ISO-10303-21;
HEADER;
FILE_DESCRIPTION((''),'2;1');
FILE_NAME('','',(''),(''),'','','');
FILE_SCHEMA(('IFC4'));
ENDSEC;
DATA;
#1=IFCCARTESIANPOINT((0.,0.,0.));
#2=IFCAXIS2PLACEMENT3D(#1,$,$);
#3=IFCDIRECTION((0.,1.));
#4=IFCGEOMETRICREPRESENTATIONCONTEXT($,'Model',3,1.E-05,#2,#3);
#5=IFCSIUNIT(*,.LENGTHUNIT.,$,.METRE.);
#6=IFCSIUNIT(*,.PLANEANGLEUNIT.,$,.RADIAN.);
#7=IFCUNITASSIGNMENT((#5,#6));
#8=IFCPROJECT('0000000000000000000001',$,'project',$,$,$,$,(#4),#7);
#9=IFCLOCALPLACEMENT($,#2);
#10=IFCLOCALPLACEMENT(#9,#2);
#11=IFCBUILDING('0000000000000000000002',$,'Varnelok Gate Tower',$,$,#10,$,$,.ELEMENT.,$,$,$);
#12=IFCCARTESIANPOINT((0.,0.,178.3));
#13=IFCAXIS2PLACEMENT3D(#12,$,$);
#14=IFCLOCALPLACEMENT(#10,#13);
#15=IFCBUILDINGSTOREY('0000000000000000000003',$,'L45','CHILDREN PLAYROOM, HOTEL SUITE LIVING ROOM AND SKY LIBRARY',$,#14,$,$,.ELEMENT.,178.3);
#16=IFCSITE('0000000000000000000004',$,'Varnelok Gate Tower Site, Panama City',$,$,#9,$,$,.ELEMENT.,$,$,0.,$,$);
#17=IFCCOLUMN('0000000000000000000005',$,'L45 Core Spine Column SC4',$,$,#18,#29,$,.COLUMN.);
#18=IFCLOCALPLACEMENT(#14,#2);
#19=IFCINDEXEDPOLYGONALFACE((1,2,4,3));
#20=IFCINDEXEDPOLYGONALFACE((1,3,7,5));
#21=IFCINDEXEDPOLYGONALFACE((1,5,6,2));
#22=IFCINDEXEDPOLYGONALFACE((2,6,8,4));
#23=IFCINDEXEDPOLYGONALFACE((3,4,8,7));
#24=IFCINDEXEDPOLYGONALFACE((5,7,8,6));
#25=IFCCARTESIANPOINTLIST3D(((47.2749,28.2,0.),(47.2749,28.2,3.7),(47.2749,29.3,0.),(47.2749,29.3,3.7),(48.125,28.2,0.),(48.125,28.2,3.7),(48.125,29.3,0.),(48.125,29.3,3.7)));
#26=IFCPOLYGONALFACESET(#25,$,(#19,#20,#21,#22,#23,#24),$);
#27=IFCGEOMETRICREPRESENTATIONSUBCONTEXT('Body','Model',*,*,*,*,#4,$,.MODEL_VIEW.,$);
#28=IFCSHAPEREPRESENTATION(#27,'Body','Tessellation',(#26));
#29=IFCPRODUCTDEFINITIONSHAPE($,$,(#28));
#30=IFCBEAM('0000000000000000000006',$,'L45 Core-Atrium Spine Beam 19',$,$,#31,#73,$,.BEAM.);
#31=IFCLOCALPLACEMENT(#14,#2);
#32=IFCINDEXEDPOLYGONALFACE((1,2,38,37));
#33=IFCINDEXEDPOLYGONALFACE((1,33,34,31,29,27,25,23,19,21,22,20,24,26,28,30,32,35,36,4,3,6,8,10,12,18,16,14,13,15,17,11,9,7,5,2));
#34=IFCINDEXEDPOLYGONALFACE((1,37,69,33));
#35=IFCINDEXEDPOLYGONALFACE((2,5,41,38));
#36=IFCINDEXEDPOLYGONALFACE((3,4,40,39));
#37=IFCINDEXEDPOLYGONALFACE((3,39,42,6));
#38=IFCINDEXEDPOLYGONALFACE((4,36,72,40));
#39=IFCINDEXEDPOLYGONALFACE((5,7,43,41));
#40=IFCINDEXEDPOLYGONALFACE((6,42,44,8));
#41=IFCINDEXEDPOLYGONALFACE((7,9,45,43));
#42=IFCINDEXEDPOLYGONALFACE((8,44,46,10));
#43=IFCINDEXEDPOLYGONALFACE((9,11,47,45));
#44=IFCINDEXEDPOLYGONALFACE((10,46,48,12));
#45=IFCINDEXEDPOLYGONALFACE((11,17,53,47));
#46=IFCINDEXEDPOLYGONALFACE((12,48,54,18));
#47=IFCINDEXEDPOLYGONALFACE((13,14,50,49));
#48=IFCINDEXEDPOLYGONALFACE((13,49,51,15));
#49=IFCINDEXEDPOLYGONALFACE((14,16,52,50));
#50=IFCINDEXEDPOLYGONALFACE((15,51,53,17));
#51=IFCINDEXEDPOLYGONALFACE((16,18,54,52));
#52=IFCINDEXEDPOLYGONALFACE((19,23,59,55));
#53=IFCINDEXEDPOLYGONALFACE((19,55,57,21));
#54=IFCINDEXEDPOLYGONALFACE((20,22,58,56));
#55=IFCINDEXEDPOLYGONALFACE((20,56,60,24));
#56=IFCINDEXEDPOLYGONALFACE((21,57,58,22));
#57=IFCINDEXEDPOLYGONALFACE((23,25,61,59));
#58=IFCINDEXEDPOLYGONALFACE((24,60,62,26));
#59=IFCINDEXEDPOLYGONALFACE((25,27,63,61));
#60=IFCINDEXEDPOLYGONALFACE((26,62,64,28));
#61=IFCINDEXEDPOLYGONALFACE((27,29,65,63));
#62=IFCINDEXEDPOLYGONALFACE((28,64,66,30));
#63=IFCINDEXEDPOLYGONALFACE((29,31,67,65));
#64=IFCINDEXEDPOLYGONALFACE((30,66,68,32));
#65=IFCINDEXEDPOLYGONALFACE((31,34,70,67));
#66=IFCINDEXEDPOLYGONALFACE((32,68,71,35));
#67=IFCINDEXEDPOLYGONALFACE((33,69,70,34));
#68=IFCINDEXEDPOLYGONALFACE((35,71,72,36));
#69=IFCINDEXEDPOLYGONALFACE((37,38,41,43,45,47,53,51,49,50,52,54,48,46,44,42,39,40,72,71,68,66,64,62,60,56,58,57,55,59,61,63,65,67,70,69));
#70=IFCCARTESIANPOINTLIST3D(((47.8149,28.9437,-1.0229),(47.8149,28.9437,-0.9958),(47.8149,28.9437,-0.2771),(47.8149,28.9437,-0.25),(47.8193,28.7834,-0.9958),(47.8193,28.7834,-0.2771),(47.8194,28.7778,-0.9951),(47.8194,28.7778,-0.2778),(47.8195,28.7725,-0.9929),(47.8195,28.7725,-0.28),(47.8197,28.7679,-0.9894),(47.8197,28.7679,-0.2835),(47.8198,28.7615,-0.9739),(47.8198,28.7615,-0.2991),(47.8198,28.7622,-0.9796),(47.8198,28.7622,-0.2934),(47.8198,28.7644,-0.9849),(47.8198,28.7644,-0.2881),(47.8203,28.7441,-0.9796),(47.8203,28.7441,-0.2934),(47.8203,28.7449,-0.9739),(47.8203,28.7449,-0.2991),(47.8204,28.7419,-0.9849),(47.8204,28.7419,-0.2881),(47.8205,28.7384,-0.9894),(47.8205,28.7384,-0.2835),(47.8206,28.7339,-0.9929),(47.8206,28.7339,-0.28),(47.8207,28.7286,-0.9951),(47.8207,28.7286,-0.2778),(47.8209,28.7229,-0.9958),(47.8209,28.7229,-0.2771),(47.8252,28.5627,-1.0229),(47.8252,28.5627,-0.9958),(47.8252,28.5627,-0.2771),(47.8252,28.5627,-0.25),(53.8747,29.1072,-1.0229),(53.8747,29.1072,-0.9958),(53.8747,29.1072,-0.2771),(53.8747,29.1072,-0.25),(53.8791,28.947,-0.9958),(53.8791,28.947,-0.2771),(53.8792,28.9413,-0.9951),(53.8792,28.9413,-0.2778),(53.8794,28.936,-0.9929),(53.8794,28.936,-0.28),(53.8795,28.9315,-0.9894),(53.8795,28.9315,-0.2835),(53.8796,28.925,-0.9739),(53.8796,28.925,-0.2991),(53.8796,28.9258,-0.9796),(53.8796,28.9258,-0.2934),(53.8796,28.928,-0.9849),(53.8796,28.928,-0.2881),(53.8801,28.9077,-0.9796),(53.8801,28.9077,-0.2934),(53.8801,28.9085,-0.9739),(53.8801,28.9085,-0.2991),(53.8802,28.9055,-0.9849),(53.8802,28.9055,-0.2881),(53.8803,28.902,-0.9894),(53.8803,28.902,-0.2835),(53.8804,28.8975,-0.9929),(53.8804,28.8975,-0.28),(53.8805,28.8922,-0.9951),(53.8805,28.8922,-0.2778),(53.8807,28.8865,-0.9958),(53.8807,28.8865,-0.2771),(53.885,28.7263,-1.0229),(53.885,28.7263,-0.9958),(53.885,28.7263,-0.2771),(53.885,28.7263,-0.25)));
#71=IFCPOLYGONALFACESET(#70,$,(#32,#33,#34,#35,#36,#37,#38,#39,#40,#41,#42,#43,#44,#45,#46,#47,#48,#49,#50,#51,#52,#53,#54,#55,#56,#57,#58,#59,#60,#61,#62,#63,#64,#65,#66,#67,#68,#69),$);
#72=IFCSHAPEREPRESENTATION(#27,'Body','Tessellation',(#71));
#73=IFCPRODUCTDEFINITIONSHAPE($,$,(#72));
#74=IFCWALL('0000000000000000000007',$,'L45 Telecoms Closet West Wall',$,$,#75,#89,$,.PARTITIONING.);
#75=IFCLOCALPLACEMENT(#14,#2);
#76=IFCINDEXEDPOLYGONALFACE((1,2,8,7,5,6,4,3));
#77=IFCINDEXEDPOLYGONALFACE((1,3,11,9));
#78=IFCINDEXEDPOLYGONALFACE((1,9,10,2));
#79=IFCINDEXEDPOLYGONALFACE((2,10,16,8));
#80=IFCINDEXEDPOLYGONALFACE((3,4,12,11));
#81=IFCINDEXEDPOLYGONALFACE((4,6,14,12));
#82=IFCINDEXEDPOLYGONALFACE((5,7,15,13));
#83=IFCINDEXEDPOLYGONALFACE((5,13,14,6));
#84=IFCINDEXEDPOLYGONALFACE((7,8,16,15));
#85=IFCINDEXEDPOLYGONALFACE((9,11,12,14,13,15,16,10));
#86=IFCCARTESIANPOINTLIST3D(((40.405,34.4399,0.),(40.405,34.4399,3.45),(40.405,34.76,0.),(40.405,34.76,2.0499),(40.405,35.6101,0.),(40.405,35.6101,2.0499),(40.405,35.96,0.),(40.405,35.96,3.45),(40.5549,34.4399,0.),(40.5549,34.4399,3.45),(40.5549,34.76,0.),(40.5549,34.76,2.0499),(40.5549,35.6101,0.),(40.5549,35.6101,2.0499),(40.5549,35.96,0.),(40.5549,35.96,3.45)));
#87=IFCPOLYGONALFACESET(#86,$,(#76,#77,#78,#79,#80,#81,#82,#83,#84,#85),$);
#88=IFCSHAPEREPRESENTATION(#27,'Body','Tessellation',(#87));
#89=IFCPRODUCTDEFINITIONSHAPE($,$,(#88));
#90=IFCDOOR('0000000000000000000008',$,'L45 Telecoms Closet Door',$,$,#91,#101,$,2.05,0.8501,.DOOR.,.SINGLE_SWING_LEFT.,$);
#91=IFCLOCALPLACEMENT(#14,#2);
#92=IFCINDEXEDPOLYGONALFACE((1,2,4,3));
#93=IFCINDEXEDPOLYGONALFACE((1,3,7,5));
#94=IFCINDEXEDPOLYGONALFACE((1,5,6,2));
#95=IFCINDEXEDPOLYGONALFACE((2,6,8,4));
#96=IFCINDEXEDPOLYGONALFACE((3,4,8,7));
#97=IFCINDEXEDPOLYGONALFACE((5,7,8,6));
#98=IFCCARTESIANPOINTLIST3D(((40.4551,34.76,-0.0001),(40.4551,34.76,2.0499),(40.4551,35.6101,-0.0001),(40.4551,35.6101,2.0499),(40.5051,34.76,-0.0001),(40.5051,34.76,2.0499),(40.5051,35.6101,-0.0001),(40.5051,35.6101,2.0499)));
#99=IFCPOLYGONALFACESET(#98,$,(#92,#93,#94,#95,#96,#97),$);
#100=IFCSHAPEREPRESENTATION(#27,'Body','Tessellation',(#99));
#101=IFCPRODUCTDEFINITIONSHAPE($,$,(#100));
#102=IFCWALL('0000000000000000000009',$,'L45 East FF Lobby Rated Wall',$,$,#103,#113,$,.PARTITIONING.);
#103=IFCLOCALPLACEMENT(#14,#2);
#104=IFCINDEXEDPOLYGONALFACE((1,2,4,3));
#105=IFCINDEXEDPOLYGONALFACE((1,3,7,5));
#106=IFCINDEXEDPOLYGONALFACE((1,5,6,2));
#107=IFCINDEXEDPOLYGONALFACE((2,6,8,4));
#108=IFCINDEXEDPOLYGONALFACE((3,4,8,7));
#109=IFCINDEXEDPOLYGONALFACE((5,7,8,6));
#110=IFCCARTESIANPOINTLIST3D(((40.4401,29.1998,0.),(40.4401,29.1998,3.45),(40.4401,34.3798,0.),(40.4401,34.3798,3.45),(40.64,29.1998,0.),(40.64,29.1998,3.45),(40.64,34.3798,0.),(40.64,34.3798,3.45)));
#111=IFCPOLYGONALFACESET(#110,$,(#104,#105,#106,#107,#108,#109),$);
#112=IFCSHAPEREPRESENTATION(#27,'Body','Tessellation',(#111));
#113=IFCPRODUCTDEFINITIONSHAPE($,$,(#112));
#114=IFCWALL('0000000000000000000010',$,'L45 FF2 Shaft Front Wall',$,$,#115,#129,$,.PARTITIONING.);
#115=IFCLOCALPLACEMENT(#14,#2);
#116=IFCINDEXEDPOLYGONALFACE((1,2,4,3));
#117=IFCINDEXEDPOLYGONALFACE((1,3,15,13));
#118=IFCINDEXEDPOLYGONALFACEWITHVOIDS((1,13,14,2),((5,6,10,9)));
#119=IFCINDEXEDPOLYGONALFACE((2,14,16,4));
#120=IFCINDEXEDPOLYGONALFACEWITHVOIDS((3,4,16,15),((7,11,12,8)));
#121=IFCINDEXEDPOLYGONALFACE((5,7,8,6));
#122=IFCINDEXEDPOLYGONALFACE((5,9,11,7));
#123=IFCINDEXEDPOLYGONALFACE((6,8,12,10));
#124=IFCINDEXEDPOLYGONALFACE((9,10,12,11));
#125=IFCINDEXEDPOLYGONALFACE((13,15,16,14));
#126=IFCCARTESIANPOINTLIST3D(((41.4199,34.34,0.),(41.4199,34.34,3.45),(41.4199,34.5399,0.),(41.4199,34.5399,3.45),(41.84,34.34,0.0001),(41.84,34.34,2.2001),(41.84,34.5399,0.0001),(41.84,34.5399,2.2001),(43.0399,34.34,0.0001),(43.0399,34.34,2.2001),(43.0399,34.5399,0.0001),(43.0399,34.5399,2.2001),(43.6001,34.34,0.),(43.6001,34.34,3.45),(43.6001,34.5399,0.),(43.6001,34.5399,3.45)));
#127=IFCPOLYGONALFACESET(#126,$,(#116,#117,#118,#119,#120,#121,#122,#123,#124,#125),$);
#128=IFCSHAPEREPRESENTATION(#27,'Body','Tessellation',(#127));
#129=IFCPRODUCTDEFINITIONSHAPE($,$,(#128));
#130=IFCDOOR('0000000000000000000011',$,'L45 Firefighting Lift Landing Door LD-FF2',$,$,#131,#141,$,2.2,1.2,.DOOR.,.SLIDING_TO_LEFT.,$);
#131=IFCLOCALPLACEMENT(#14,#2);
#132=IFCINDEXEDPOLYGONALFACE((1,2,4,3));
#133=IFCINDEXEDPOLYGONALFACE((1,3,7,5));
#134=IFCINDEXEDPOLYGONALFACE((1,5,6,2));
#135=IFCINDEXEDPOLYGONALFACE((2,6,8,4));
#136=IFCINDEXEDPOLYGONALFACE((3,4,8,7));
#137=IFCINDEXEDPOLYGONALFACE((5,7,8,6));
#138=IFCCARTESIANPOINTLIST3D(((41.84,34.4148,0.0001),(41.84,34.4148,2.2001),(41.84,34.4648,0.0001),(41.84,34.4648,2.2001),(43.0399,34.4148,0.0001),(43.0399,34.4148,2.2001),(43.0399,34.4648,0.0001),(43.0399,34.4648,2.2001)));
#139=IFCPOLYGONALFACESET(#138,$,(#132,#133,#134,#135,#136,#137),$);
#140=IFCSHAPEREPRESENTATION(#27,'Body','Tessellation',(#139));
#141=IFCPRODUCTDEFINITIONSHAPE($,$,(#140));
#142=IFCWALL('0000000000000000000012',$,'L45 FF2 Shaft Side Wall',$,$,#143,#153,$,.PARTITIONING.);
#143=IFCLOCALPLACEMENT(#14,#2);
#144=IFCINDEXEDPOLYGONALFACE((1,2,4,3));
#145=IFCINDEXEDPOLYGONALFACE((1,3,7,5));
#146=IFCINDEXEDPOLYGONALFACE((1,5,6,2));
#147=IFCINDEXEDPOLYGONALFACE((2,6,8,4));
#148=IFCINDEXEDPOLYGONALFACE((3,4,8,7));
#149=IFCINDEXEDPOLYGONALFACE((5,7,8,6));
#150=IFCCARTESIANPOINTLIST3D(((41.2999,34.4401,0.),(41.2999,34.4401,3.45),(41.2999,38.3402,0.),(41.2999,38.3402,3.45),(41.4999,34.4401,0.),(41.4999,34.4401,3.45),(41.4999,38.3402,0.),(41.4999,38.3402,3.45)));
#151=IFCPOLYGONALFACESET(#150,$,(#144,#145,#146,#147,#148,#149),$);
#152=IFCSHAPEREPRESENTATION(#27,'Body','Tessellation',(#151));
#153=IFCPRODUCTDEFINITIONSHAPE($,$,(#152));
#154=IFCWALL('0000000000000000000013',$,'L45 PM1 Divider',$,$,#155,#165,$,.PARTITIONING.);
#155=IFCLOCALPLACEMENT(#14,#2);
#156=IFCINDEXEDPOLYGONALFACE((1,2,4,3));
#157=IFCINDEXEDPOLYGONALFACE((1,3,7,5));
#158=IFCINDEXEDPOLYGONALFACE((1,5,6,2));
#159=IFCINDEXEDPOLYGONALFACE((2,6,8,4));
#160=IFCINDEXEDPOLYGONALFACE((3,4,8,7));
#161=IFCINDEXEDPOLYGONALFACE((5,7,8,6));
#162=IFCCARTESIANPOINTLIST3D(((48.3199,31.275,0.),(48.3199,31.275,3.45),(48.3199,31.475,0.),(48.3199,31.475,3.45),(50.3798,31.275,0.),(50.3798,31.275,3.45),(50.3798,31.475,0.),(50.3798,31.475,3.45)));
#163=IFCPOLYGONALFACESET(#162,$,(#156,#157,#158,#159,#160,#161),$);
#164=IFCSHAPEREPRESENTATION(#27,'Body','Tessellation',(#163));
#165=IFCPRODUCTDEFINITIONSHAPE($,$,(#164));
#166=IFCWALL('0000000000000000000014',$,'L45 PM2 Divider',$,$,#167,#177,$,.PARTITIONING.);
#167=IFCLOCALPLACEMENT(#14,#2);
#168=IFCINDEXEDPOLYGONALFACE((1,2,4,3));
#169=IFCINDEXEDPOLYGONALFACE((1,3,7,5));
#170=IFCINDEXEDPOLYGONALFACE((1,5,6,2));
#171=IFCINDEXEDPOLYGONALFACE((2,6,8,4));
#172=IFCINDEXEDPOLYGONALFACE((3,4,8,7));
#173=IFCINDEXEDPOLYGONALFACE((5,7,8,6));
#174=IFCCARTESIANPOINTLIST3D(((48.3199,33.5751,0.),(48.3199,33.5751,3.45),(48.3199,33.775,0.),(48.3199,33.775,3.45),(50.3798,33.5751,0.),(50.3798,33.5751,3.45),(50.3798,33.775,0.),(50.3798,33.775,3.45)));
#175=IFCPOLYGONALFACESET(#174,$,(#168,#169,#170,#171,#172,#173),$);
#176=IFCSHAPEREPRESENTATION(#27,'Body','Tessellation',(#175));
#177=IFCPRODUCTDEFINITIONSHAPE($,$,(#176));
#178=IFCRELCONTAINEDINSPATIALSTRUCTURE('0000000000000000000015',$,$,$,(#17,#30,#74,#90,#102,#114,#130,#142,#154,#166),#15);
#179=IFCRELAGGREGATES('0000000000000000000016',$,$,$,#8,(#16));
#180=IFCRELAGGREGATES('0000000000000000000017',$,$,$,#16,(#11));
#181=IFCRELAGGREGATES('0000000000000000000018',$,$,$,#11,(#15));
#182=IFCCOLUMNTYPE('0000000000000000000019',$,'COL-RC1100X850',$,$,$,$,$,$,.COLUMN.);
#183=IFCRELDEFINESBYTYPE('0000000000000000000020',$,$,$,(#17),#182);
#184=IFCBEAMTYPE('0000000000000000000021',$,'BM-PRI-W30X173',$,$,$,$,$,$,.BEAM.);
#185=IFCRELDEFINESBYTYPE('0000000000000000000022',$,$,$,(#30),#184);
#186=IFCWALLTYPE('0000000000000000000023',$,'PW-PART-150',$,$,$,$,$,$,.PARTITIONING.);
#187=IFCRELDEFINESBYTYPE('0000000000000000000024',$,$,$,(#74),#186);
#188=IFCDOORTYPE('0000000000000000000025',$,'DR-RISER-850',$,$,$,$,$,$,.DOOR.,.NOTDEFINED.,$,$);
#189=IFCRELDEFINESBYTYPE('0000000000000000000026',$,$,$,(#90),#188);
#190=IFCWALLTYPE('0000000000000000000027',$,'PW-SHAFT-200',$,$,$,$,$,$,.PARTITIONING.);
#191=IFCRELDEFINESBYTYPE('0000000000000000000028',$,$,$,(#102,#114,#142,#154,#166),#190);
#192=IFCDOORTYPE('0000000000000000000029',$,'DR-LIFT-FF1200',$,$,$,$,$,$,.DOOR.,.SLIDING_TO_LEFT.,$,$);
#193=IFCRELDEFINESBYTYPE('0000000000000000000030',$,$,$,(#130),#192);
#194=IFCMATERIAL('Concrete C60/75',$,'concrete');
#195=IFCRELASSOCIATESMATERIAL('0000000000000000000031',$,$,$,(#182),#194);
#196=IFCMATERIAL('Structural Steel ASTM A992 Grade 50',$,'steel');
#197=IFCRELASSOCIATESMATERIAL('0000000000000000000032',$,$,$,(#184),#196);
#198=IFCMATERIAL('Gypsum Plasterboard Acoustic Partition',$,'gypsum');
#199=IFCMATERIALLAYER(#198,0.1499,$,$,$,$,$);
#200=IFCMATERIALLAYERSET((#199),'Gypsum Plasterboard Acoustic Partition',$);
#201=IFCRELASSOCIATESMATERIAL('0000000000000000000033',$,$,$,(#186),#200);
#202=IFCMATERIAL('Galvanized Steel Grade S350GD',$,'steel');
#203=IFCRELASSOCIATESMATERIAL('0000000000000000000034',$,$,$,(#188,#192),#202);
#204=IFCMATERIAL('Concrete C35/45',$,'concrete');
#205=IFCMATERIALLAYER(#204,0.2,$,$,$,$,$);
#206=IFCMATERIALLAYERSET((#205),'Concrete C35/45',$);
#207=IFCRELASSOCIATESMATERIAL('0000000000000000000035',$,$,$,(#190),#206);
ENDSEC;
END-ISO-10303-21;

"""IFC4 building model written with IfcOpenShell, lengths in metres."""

from ifc_helpers import new_model, si_unit, direction, frame, frame_2d, origin, origin_2d, place, context, subcontext, project, spatial, rectangle, i_section, extrude, material, layer, layer_set, material_profile, profile_set, type_object, element, fill, save


model = new_model("IFC4")

# Units and contexts
model_context = context("Model", 3, precision=1e-05, world=origin(), true_north=direction((0.0, 1.0)))
body_context = subcontext(model_context, "Body", "Model", "MODEL_VIEW")
ifc_project = project(units=[si_unit("LENGTHUNIT", "METRE"), si_unit("PLANEANGLEUNIT", "RADIAN")], contexts=[model_context])

# Site, building, storey
site_placement = place(None, origin())
site = spatial("IfcSite", under=ifc_project, at=site_placement, Name="Varnelok Gate Tower Site, Panama City", CompositionType="ELEMENT", RefElevation=0.0)
building_placement = place(site_placement, origin())
building = spatial("IfcBuilding", under=site, at=building_placement, Name="Varnelok Gate Tower", CompositionType="ELEMENT")
storey_placement = place(building_placement, frame((0.0, 0.0, 178.3)))
storey = spatial("IfcBuildingStorey", under=building, at=storey_placement, Name="L45", Description="CHILDREN PLAYROOM, HOTEL SUITE LIVING ROOM AND SKY LIBRARY", CompositionType="ELEMENT", Elevation=178.3)

# Column
ifc_material_1 = material(Name="Concrete C60/75", Category="concrete")
ifc_material_profile_1 = material_profile(ifc_material_1, rectangle(XDim=0.8501, YDim=1.1001, at=origin_2d()), Name="RC1100X850")
ifc_profile_set_1 = profile_set([ifc_material_profile_1], Name="Concrete C60/75")
column_type = type_object("IfcColumnType", Name="COL-RC1100X850", PredefinedType="COLUMN", material=ifc_profile_set_1)
column_placement = place(storey_placement, frame((47.7, 28.75, 0.0), z_axis=(0.0, 0.0, 1.0), x_axis=(1.0, 0.0, 0.0)))
element("IfcColumn", 1, at=column_placement, inside=storey, type_object=column_type, Name="L45 Core Spine Column SC4", PredefinedType="COLUMN", context=body_context, shape_type="SweptSolid", body=[
    extrude(rectangle(XDim=0.8501, YDim=1.1001, at=origin_2d()), origin(), (0.0, 0.0, 1.0), 3.7),
])

# Beam
ifc_material_2 = material(Name="Structural Steel ASTM A992 Grade 50", Category="steel")
ifc_material_profile_2 = material_profile(ifc_material_2, i_section(OverallWidth=0.3811, OverallDepth=0.7729, WebThickness=0.0166, FlangeThickness=0.0271, FilletRadius=0.022, at=origin_2d()), Name="W30X173")
ifc_profile_set_2 = profile_set([ifc_material_profile_2], Name="Structural Steel ASTM A992 Grade 50")
beam_type = type_object("IfcBeamType", Name="BM-PRI-W30X173", PredefinedType="BEAM", material=ifc_profile_set_2)
beam_placement = place(storey_placement, frame((47.8201, 28.7532, -0.6365), z_axis=(0.999636, 0.026983, 0.0), x_axis=(-0.026983, 0.999636, 0.0)))
element("IfcBeam", 2, at=beam_placement, inside=storey, type_object=beam_type, Name="L45 Core-Atrium Spine Beam 19", PredefinedType="BEAM", context=body_context, shape_type="SweptSolid", body=[
    extrude(i_section(OverallWidth=0.3811, OverallDepth=0.7729, WebThickness=0.0166, FlangeThickness=0.0271, FilletRadius=0.022, at=origin_2d()), origin(), (0.0, 0.0, 1.0), 6.062),
])

# Wall, opening, door
ifc_material_3 = material(Name="Gypsum Plasterboard Acoustic Partition", Category="gypsum")
ifc_layer_1 = layer(ifc_material_3, 0.1499)
ifc_layer_set_1 = layer_set([ifc_layer_1], Name="Gypsum Plasterboard Acoustic Partition")
wall_type_1 = type_object("IfcWallType", Name="PW-PART-150", PredefinedType="PARTITIONING", material=ifc_layer_set_1)
wall_1_placement = place(storey_placement, frame((40.48, 34.4399, 0.0), z_axis=(0.0, 0.0, 1.0), x_axis=(0.0, 1.0, 0.0)))
wall_1 = element("IfcWall", 3, at=wall_1_placement, inside=storey, type_object=wall_type_1, Name="L45 Telecoms Closet West Wall", PredefinedType="PARTITIONING", context=body_context, shape_type="SweptSolid", body=[
    extrude(rectangle(XDim=1.52, YDim=0.1499, at=frame_2d((0.76, 0.0))), origin(), (0.0, 0.0, 1.0), 3.45),
])
opening_1_placement = place(wall_1_placement, frame((0.3201, 0.0, 0.0)))
opening_1 = element("IfcOpeningElement", 4, at=opening_1_placement, cuts=wall_1, PredefinedType="OPENING", context=body_context, shape_type="SweptSolid", body=[
    extrude(rectangle(XDim=0.8501, YDim=2.05, at=frame_2d((0.425, 1.0249))), frame((0.0, 0.085, 0.0), z_axis=(0.0, -1.0, 0.0), x_axis=(1.0, 0.0, 0.0)), (0.0, 0.0, 1.0), 0.1699),
])
ifc_material_4 = material(Name="Galvanized Steel Grade S350GD", Category="steel")
door_type_1 = type_object("IfcDoorType", Name="DR-RISER-850", OperationType="NOTDEFINED", PredefinedType="DOOR", material=ifc_material_4)
door_1_placement = place(opening_1_placement, origin())
door_1 = element("IfcDoor", 5, at=door_1_placement, inside=storey, type_object=door_type_1, Name="L45 Telecoms Closet Door", OperationType="SINGLE_SWING_LEFT", OverallHeight=2.05, OverallWidth=0.8501, PredefinedType="DOOR", context=body_context, shape_type="SweptSolid", body=[
    extrude(rectangle(XDim=0.8501, YDim=2.05, at=frame_2d((0.425, 1.0249))), frame((0.0, 0.0249, 0.0), z_axis=(0.0, -1.0, 0.0), x_axis=(1.0, 0.0, 0.0)), (0.0, 0.0, 1.0), 0.05),
])
fill(opening_1, door_1)

# Wall
ifc_material_5 = material(Name="Concrete C35/45", Category="concrete")
ifc_layer_2 = layer(ifc_material_5, 0.2)
ifc_layer_set_2 = layer_set([ifc_layer_2], Name="Concrete C35/45")
wall_type_2 = type_object("IfcWallType", Name="PW-SHAFT-200", PredefinedType="PARTITIONING", material=ifc_layer_set_2)
wall_2_placement = place(storey_placement, frame((40.54, 29.2, 0.0), z_axis=(0.0, 0.0, 1.0), x_axis=(0.0, 1.0, 0.0)))
element("IfcWall", 6, at=wall_2_placement, inside=storey, type_object=wall_type_2, Name="L45 East FF Lobby Rated Wall", PredefinedType="PARTITIONING", context=body_context, shape_type="SweptSolid", body=[
    extrude(rectangle(XDim=5.1799, YDim=0.2, at=frame_2d((2.5898, 0.0))), origin(), (0.0, 0.0, 1.0), 3.45),
])

# Wall, opening, door
wall_3_placement = place(storey_placement, frame((41.4199, 34.4399, 0.0), z_axis=(0.0, 0.0, 1.0), x_axis=(1.0, 0.0, 0.0)))
wall_3 = element("IfcWall", 7, at=wall_3_placement, inside=storey, type_object=wall_type_2, Name="L45 FF2 Shaft Front Wall", PredefinedType="PARTITIONING", context=body_context, shape_type="SweptSolid", body=[
    extrude(rectangle(XDim=2.1802, YDim=0.2, at=frame_2d((1.0901, 0.0))), origin(), (0.0, 0.0, 1.0), 3.45),
])
opening_2_placement = place(wall_3_placement, frame((0.4199, 0.0, 0.0)))
opening_2 = element("IfcOpeningElement", 8, at=opening_2_placement, cuts=wall_3, PredefinedType="OPENING", context=body_context, shape_type="SweptSolid", body=[
    extrude(rectangle(XDim=1.2, YDim=2.2, at=frame_2d((0.6001, 1.1001))), frame((0.0, 0.1099, 0.0), z_axis=(0.0, -1.0, 0.0), x_axis=(1.0, 0.0, 0.0)), (0.0, 0.0, 1.0), 0.22),
])
door_type_2 = type_object("IfcDoorType", Name="DR-LIFT-FF1200", OperationType="SLIDING_TO_LEFT", PredefinedType="DOOR", material=ifc_material_4)
door_2_placement = place(opening_2_placement, origin())
door_2 = element("IfcDoor", 9, at=door_2_placement, inside=storey, type_object=door_type_2, Name="L45 Firefighting Lift Landing Door LD-FF2", OperationType="SLIDING_TO_LEFT", OverallHeight=2.2, OverallWidth=1.2, PredefinedType="DOOR", context=body_context, shape_type="SweptSolid", body=[
    extrude(rectangle(XDim=1.2, YDim=2.2, at=frame_2d((0.6001, 1.1001))), frame((0.0, 0.0249, 0.0), z_axis=(0.0, -1.0, 0.0), x_axis=(1.0, 0.0, 0.0)), (0.0, 0.0, 1.0), 0.05),
])
fill(opening_2, door_2)

# Walls
wall_4_placement = place(storey_placement, frame((41.3999, 34.4399, 0.0), z_axis=(0.0, 0.0, 1.0), x_axis=(0.0, 1.0, 0.0)))
element("IfcWall", 10, at=wall_4_placement, inside=storey, type_object=wall_type_2, Name="L45 FF2 Shaft Side Wall", PredefinedType="PARTITIONING", context=body_context, shape_type="SweptSolid", body=[
    extrude(rectangle(XDim=3.9001, YDim=0.2, at=frame_2d((1.9502, 0.0))), origin(), (0.0, 0.0, 1.0), 3.45),
])
for number, where, z_axis, x_axis, name in (
    (11, (48.3201, 31.375, 0.0), (0.0, 0.0, 1.0), (1.0, 0.0, 0.0), "L45 PM1 Divider"),
    (12, (48.3201, 33.675, 0.0), (0.0, 0.0, 1.0), (1.0, 0.0, 0.0), "L45 PM2 Divider"),
):
    element("IfcWall", number, at=place(storey_placement, frame(where, z_axis=z_axis, x_axis=x_axis)), inside=storey, type_object=wall_type_2, Name=name, PredefinedType="PARTITIONING", context=body_context, shape_type="SweptSolid", body=[
        extrude(rectangle(XDim=2.0598, YDim=0.2, at=frame_2d((1.0298, 0.0))), origin(), (0.0, 0.0, 1.0), 3.45),
    ])

save(model, "model.ifc")
